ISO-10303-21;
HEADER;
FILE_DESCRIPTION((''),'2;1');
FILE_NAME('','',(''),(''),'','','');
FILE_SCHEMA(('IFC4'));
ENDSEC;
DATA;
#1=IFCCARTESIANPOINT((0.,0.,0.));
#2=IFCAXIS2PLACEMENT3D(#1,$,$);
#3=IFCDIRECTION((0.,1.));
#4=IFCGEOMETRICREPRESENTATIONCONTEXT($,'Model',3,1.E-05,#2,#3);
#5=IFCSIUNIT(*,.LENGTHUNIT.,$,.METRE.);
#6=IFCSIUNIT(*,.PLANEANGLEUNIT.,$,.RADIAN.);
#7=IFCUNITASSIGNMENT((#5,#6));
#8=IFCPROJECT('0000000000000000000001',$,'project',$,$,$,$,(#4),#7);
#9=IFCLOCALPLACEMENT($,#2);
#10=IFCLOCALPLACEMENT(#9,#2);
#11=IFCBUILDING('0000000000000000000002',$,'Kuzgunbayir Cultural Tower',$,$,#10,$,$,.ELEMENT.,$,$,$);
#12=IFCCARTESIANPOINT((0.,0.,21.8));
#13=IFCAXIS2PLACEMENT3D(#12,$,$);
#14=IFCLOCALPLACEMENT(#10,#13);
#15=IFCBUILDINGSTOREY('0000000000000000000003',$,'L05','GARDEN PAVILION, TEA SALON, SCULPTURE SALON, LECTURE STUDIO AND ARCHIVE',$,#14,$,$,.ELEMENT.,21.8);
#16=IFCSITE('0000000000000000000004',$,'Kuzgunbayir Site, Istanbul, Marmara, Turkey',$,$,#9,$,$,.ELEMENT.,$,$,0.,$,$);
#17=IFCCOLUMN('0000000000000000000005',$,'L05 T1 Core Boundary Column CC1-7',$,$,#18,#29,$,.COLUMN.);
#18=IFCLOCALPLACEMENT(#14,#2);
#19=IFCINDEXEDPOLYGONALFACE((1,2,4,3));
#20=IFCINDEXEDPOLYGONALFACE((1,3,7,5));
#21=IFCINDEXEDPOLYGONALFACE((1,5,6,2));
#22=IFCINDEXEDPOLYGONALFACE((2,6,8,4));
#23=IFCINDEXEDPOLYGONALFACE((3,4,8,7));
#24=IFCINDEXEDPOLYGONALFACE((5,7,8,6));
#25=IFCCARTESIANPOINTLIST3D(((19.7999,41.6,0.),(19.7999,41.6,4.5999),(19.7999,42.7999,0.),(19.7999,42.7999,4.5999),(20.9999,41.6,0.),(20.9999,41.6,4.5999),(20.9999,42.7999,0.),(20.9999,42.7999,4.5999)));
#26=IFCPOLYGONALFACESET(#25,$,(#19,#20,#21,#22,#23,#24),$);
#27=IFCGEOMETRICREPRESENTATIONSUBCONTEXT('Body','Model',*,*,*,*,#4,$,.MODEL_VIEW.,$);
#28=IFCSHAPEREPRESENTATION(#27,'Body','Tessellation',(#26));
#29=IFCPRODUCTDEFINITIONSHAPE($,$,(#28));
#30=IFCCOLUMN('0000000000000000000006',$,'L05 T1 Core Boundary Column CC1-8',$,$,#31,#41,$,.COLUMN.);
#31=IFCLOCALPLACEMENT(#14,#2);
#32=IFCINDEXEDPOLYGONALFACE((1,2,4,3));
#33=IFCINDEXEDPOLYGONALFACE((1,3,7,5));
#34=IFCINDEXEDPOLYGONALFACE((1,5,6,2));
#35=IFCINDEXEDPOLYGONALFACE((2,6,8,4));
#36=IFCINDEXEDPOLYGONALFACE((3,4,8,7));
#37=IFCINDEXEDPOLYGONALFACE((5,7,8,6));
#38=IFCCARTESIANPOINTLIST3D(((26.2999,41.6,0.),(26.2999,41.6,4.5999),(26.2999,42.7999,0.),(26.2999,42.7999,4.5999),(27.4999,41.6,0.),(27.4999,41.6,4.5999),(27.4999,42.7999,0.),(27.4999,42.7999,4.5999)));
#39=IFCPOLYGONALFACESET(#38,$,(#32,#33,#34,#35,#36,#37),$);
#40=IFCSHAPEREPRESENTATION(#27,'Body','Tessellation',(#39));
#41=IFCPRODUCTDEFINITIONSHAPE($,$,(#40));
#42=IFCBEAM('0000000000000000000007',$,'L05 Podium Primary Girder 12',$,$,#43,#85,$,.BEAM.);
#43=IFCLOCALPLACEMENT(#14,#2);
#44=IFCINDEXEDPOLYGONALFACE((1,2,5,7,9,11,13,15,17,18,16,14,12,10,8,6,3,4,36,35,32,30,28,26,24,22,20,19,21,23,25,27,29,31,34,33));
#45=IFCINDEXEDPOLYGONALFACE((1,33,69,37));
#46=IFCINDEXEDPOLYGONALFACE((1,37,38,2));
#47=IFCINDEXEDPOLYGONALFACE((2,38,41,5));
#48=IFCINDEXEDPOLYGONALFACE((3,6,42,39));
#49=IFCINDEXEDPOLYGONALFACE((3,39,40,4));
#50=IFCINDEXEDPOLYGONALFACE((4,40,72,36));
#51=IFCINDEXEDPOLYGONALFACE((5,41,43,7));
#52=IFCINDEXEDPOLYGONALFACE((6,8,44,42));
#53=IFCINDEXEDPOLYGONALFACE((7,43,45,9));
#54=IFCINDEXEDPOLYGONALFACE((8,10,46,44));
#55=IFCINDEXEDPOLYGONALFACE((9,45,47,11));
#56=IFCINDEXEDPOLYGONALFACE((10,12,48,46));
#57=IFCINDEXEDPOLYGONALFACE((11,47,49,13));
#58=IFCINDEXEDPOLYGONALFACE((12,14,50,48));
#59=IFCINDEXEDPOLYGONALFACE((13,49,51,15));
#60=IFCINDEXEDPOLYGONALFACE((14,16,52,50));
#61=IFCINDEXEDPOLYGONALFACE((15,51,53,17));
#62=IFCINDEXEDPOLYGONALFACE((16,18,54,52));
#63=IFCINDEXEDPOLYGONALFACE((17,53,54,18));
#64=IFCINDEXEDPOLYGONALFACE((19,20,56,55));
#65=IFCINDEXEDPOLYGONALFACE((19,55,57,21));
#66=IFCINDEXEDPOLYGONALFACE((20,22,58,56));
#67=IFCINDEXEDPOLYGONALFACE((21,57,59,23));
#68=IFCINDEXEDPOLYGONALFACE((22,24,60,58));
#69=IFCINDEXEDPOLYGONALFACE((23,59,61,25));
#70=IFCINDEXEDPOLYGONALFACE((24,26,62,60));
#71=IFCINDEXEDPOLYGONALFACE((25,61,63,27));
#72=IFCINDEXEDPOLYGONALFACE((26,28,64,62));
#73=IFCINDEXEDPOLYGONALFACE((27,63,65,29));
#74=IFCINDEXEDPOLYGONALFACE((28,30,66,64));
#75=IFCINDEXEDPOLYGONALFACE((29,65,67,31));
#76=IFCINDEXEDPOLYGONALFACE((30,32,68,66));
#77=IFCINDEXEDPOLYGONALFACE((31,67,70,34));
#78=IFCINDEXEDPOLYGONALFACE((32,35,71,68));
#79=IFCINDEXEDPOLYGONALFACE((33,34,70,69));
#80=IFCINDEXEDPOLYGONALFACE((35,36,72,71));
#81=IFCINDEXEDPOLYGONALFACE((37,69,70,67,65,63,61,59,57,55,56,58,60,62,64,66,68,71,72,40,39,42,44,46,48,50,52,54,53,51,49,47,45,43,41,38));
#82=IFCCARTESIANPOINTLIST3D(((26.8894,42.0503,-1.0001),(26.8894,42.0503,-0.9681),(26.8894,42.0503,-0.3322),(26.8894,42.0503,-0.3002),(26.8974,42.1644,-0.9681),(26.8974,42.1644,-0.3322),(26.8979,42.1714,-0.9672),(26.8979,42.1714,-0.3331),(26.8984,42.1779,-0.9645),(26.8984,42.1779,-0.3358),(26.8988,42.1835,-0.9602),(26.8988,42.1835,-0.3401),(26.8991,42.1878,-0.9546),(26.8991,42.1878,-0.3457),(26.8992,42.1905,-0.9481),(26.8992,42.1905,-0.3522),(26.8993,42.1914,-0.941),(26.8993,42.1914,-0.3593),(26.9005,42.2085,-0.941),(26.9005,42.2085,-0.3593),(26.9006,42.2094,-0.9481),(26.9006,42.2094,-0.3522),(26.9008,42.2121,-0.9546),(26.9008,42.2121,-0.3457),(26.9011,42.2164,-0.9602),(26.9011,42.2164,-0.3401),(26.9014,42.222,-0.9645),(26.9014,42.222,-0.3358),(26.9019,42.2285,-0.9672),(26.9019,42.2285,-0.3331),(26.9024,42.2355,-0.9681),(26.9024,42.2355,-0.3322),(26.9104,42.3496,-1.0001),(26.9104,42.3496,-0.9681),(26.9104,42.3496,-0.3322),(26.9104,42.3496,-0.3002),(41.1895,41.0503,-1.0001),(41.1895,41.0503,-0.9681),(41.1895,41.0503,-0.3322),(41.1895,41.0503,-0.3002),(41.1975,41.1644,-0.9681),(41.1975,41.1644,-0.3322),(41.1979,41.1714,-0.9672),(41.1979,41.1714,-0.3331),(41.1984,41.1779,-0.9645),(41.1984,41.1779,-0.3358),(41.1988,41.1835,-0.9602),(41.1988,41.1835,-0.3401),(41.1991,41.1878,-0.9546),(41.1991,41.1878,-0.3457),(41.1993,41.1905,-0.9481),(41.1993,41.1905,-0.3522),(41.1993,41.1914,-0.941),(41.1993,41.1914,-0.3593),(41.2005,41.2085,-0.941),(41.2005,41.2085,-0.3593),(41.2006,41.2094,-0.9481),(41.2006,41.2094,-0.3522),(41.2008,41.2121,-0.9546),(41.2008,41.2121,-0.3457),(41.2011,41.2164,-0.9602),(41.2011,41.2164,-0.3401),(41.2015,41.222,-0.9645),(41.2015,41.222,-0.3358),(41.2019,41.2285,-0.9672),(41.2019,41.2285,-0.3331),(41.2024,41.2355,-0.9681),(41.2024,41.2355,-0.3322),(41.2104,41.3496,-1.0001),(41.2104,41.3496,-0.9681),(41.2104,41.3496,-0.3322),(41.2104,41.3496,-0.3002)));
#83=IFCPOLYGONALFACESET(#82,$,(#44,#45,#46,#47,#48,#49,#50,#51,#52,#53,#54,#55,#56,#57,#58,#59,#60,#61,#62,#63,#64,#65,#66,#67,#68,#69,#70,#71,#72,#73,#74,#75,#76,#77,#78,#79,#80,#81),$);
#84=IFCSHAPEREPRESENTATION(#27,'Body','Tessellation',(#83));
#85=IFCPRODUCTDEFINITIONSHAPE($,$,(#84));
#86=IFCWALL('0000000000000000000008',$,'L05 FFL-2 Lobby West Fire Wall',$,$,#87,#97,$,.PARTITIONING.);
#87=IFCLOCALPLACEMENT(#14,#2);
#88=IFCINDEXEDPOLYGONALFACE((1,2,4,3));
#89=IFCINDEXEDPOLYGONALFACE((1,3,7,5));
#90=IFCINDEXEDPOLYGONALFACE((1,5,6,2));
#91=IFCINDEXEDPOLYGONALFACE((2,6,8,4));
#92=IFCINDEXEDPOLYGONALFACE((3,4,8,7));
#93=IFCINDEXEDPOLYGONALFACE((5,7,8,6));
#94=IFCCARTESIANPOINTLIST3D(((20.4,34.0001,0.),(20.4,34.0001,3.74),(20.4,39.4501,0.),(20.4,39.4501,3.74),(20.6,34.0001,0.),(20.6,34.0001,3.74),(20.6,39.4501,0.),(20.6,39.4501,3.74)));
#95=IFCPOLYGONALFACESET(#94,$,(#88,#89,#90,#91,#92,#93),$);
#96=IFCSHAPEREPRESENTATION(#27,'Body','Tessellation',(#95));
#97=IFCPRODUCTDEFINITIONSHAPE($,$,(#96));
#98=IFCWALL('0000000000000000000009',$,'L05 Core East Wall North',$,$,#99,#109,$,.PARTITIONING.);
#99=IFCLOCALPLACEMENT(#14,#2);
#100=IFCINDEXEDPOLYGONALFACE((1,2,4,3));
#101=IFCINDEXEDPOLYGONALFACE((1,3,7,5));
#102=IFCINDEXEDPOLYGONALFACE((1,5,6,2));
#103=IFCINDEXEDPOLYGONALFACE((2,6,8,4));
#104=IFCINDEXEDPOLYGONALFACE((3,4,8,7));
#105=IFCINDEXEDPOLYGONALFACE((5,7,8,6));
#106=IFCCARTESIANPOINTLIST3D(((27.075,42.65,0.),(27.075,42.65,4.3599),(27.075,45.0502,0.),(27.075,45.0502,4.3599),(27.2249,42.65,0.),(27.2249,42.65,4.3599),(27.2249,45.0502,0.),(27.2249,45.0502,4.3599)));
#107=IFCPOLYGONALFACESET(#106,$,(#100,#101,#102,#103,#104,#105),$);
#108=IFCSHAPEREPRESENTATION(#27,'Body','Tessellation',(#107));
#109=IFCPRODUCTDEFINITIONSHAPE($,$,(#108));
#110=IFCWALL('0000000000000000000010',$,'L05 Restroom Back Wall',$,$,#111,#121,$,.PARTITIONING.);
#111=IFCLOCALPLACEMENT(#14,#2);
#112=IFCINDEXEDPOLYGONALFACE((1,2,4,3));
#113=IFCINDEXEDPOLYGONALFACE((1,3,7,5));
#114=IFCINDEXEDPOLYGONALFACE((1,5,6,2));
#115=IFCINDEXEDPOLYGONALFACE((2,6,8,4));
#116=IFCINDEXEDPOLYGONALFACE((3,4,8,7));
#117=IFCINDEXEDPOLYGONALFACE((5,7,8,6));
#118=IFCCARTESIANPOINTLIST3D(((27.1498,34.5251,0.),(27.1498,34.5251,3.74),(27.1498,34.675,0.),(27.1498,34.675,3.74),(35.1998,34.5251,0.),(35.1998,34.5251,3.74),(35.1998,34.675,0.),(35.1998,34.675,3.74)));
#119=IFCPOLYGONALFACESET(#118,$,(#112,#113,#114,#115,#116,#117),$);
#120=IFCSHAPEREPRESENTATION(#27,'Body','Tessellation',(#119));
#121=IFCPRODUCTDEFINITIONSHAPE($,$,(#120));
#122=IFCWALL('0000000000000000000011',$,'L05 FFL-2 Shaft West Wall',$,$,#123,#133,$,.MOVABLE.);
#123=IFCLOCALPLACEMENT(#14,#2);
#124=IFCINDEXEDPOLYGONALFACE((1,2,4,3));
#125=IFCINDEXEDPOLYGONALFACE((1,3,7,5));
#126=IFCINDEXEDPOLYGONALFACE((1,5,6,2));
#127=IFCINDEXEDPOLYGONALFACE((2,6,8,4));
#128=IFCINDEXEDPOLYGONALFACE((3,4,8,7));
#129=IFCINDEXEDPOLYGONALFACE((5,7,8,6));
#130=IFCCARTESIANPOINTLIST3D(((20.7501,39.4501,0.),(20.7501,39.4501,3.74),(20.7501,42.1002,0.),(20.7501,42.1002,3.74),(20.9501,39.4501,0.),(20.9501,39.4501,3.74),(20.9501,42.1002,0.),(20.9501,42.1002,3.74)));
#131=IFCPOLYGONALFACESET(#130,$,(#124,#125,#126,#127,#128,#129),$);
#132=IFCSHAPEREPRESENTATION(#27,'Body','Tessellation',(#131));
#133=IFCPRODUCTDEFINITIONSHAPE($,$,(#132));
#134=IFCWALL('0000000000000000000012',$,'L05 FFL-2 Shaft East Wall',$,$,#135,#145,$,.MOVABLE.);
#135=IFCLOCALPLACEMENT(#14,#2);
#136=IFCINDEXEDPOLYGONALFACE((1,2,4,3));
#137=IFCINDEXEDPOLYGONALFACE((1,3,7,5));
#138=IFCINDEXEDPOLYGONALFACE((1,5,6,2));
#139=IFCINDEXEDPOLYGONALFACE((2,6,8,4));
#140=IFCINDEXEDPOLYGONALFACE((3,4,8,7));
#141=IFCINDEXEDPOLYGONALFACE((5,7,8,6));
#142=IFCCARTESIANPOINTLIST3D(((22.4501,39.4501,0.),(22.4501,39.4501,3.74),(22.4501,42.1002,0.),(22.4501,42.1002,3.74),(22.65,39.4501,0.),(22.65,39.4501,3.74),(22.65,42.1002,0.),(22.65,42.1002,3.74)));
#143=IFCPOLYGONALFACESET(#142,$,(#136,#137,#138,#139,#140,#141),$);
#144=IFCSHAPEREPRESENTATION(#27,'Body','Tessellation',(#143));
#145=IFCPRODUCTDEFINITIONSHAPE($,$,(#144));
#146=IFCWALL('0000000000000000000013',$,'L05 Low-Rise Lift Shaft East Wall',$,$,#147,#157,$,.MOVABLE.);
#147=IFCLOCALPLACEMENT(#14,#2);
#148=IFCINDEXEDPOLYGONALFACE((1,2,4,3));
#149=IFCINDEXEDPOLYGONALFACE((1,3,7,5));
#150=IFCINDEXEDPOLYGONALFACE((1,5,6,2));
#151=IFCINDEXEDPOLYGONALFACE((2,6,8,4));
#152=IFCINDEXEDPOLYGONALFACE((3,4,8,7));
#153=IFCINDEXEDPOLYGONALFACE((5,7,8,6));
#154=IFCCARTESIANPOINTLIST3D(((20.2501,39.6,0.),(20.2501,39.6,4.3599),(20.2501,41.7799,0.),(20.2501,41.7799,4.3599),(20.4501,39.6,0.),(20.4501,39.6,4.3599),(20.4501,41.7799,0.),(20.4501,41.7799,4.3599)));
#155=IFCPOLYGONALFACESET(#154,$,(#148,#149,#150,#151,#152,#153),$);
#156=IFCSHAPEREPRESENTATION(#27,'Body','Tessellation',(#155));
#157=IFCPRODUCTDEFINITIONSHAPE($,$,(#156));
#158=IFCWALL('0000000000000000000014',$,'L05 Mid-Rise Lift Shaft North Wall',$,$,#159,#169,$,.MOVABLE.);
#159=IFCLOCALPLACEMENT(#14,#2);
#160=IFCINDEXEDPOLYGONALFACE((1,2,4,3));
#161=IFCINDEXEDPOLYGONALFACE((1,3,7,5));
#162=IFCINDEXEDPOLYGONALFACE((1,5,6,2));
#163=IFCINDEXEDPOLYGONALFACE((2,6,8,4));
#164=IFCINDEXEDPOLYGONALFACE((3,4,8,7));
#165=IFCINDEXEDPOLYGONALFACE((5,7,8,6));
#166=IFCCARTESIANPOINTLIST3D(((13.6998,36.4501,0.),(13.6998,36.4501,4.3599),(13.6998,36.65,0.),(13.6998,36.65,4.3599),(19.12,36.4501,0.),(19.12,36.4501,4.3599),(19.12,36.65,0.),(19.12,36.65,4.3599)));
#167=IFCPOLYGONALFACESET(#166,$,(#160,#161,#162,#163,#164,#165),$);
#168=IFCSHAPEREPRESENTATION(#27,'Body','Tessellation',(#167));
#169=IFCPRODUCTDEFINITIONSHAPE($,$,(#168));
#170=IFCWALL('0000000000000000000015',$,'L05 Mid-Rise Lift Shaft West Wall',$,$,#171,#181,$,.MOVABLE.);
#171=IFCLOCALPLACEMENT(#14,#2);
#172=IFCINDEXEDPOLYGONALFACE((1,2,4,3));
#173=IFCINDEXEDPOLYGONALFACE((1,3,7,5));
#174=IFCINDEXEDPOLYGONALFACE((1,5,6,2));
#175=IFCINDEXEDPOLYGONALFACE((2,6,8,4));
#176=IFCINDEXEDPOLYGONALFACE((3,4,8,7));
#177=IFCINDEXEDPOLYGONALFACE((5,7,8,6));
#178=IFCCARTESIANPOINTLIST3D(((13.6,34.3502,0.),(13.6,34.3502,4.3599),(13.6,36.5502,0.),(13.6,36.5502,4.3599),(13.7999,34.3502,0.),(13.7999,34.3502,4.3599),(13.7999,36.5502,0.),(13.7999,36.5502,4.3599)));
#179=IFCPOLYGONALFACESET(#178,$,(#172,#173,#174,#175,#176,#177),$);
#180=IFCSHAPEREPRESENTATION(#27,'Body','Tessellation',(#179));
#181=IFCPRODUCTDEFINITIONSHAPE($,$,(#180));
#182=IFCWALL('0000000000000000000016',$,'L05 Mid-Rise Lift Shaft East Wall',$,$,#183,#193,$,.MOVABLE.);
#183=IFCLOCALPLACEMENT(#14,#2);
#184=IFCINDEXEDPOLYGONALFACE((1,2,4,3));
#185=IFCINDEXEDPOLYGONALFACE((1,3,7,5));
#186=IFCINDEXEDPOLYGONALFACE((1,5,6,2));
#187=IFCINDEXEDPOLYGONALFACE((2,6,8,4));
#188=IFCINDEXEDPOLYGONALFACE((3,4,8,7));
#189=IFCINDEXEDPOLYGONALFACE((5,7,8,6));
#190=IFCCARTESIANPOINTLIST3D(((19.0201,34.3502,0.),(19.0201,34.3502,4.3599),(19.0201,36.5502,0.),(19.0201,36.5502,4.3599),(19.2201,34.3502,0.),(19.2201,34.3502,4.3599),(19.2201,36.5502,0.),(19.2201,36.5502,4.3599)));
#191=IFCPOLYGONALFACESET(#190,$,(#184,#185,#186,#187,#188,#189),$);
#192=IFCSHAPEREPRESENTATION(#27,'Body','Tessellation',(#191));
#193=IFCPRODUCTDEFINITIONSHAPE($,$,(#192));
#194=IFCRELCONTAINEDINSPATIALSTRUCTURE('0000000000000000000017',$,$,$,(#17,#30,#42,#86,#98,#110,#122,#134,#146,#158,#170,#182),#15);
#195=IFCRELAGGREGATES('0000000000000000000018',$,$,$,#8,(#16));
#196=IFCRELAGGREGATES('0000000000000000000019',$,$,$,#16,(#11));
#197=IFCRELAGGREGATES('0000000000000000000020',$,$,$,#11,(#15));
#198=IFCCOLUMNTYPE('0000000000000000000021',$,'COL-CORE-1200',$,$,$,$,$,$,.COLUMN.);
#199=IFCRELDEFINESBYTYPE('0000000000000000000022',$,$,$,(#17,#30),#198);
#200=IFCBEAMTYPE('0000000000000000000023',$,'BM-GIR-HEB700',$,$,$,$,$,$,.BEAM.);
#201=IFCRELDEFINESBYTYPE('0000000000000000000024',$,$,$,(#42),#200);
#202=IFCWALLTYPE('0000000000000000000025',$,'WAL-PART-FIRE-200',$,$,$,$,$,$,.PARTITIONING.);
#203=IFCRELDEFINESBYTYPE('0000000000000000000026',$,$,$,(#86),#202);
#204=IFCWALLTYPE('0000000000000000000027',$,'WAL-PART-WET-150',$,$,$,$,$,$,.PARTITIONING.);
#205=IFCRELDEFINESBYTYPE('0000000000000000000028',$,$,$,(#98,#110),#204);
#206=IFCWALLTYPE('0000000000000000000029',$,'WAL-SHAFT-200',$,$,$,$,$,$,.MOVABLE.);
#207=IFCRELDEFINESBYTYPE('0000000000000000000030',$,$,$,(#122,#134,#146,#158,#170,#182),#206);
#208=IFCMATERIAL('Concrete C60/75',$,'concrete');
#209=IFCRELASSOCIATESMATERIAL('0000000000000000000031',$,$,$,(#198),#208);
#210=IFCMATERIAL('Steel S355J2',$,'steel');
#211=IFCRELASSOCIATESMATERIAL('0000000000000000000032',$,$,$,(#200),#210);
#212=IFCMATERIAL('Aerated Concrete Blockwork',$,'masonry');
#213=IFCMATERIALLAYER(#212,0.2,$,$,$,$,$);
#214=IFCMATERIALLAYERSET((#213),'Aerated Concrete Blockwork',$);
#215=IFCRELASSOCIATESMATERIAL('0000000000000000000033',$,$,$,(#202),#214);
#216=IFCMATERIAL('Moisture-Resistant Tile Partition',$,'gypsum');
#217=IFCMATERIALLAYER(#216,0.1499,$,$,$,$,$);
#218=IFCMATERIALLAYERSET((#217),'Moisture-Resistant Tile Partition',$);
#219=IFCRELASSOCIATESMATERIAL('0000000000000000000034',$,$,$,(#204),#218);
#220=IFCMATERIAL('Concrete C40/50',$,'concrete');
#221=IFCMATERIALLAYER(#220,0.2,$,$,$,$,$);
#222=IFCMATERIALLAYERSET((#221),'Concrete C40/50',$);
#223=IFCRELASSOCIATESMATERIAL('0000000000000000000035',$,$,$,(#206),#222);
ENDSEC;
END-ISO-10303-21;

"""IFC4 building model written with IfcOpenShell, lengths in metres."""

from ifc_helpers import new_model, si_unit, direction, frame, frame_2d, origin, origin_2d, place, context, subcontext, project, spatial, rectangle, i_section, extrude, material, layer, layer_set, material_profile, profile_set, type_object, element, save


model = new_model("IFC4")

# Units and contexts
model_context = context("Model", 3, precision=1e-05, world=origin(), true_north=direction((0.0, 1.0)))
body_context = subcontext(model_context, "Body", "Model", "MODEL_VIEW")
ifc_project = project(units=[si_unit("LENGTHUNIT", "METRE"), si_unit("PLANEANGLEUNIT", "RADIAN")], contexts=[model_context])

# Site, building, storey
site_placement = place(None, origin())
site = spatial("IfcSite", under=ifc_project, at=site_placement, Name="Kuzgunbayir Site, Istanbul, Marmara, Turkey", CompositionType="ELEMENT", RefElevation=0.0)
building_placement = place(site_placement, origin())
building = spatial("IfcBuilding", under=site, at=building_placement, Name="Kuzgunbayir Cultural Tower", CompositionType="ELEMENT")
storey_placement = place(building_placement, frame((0.0, 0.0, 21.8)))
storey = spatial("IfcBuildingStorey", under=building, at=storey_placement, Name="L05", Description="GARDEN PAVILION, TEA SALON, SCULPTURE SALON, LECTURE STUDIO AND ARCHIVE", CompositionType="ELEMENT", Elevation=21.8)

# Columns
ifc_material_1 = material(Name="Concrete C60/75", Category="concrete")
ifc_material_profile_1 = material_profile(ifc_material_1, rectangle(XDim=1.2, YDim=1.2, at=origin_2d()), Name="RC 1200x1200")
ifc_profile_set_1 = profile_set([ifc_material_profile_1], Name="Concrete C60/75")
column_type = type_object("IfcColumnType", Name="COL-CORE-1200", PredefinedType="COLUMN", material=ifc_profile_set_1)
for number, where, z_axis, x_axis, name in (
    (1, (20.3999, 42.2, 0.0), (0.0, 0.0, 1.0), (1.0, 0.0, 0.0), "L05 T1 Core Boundary Column CC1-7"),
    (2, (26.8999, 42.2, 0.0), (0.0, 0.0, 1.0), (1.0, 0.0, 0.0), "L05 T1 Core Boundary Column CC1-8"),
):
    element("IfcColumn", number, at=place(storey_placement, frame(where, z_axis=z_axis, x_axis=x_axis)), inside=storey, type_object=column_type, Name=name, PredefinedType="COLUMN", context=body_context, shape_type="SweptSolid", body=[
        extrude(rectangle(XDim=1.2, YDim=1.2, at=origin_2d()), origin(), (0.0, 0.0, 1.0), 4.5999),
    ])

# Beam
ifc_material_2 = material(Name="Steel S355J2", Category="steel")
ifc_material_profile_2 = material_profile(ifc_material_2, i_section(OverallWidth=0.3, OverallDepth=0.7, WebThickness=0.0171, FlangeThickness=0.032, FilletRadius=0.0271, at=origin_2d()), Name="HEB 700")
ifc_profile_set_2 = profile_set([ifc_material_profile_2], Name="Steel S355J2")
beam_type = type_object("IfcBeamType", Name="BM-GIR-HEB700", PredefinedType="BEAM", material=ifc_profile_set_2)
beam_placement = place(storey_placement, frame((26.8999, 42.2, -0.6501), z_axis=(0.997564, -0.069759, 0.0), x_axis=(0.069759, 0.997564, 0.0)))
element("IfcBeam", 3, at=beam_placement, inside=storey, type_object=beam_type, Name="L05 Podium Primary Girder 12", PredefinedType="BEAM", context=body_context, shape_type="SweptSolid", body=[
    extrude(i_section(OverallWidth=0.3, OverallDepth=0.7, WebThickness=0.0171, FlangeThickness=0.032, FilletRadius=0.0271, at=origin_2d()), origin(), (0.0, 0.0, 1.0), 14.335),
])

# Wall
ifc_material_3 = material(Name="Aerated Concrete Blockwork", Category="masonry")
ifc_layer_1 = layer(ifc_material_3, 0.2)
ifc_layer_set_1 = layer_set([ifc_layer_1], Name="Aerated Concrete Blockwork")
wall_type_1 = type_object("IfcWallType", Name="WAL-PART-FIRE-200", PredefinedType="PARTITIONING", material=ifc_layer_set_1)
wall_1_placement = place(storey_placement, frame((20.5, 34.0, 0.0), z_axis=(0.0, 0.0, 1.0), x_axis=(0.0, 1.0, 0.0)))
element("IfcWall", 4, at=wall_1_placement, inside=storey, type_object=wall_type_1, Name="L05 FFL-2 Lobby West Fire Wall", PredefinedType="PARTITIONING", context=body_context, shape_type="SweptSolid", body=[
    extrude(rectangle(XDim=5.45, YDim=0.2, at=frame_2d((2.7251, 0.0))), origin(), (0.0, 0.0, 1.0), 3.74),
])

# Walls
ifc_material_4 = material(Name="Moisture-Resistant Tile Partition", Category="gypsum")
ifc_layer_2 = layer(ifc_material_4, 0.1499)
ifc_layer_set_2 = layer_set([ifc_layer_2], Name="Moisture-Resistant Tile Partition")
wall_type_2 = type_object("IfcWallType", Name="WAL-PART-WET-150", PredefinedType="PARTITIONING", material=ifc_layer_set_2)
wall_2_placement = place(storey_placement, frame((27.1499, 42.6499, 0.0), z_axis=(0.0, 0.0, 1.0), x_axis=(0.0, 1.0, 0.0)))
element("IfcWall", 5, at=wall_2_placement, inside=storey, type_object=wall_type_2, Name="L05 Core East Wall North", PredefinedType="PARTITIONING", context=body_context, shape_type="SweptSolid", body=[
    extrude(rectangle(XDim=2.4001, YDim=0.1499, at=frame_2d((1.2002, 0.0))), origin(), (0.0, 0.0, 1.0), 4.3599),
])
wall_3_placement = place(storey_placement, frame((27.1499, 34.6001, 0.0), z_axis=(0.0, 0.0, 1.0), x_axis=(1.0, 0.0, 0.0)))
element("IfcWall", 6, at=wall_3_placement, inside=storey, type_object=wall_type_2, Name="L05 Restroom Back Wall", PredefinedType="PARTITIONING", context=body_context, shape_type="SweptSolid", body=[
    extrude(rectangle(XDim=8.05, YDim=0.1499, at=frame_2d((4.0249, 0.0))), origin(), (0.0, 0.0, 1.0), 3.74),
])

# Shared definitions
ifc_material_5 = material(Name="Concrete C40/50", Category="concrete")
ifc_layer_3 = layer(ifc_material_5, 0.2)
ifc_layer_set_3 = layer_set([ifc_layer_3], Name="Concrete C40/50")
wall_type_3 = type_object("IfcWallType", Name="WAL-SHAFT-200", PredefinedType="MOVABLE", material=ifc_layer_set_3)

# Walls
for number, where, z_axis, x_axis, name in (
    (7, (20.8501, 39.45, 0.0), (0.0, 0.0, 1.0), (0.0, 1.0, 0.0), "L05 FFL-2 Shaft West Wall"),
    (8, (22.55, 39.45, 0.0), (0.0, 0.0, 1.0), (0.0, 1.0, 0.0), "L05 FFL-2 Shaft East Wall"),
):
    element("IfcWall", number, at=place(storey_placement, frame(where, z_axis=z_axis, x_axis=x_axis)), inside=storey, type_object=wall_type_3, Name=name, PredefinedType="MOVABLE", context=body_context, shape_type="SweptSolid", body=[
        extrude(rectangle(XDim=2.6501, YDim=0.2, at=frame_2d((1.3252, 0.0))), origin(), (0.0, 0.0, 1.0), 3.74),
    ])
wall_4_placement = place(storey_placement, frame((20.3501, 39.6001, 0.0), z_axis=(0.0, 0.0, 1.0), x_axis=(0.0, 1.0, 0.0)))
element("IfcWall", 9, at=wall_4_placement, inside=storey, type_object=wall_type_3, Name="L05 Low-Rise Lift Shaft East Wall", PredefinedType="MOVABLE", context=body_context, shape_type="SweptSolid", body=[
    extrude(rectangle(XDim=2.1799, YDim=0.2, at=frame_2d((1.0898, 0.0))), origin(), (0.0, 0.0, 1.0), 4.3599),
])
wall_5_placement = place(storey_placement, frame((13.7, 36.55, 0.0), z_axis=(0.0, 0.0, 1.0), x_axis=(1.0, 0.0, 0.0)))
element("IfcWall", 10, at=wall_5_placement, inside=storey, type_object=wall_type_3, Name="L05 Mid-Rise Lift Shaft North Wall", PredefinedType="MOVABLE", context=body_context, shape_type="SweptSolid", body=[
    extrude(rectangle(XDim=5.4202, YDim=0.2, at=frame_2d((2.71, 0.0))), origin(), (0.0, 0.0, 1.0), 4.3599),
])
for number, where, z_axis, x_axis, name in (
    (11, (13.7, 34.3501, 0.0), (0.0, 0.0, 1.0), (0.0, 1.0, 0.0), "L05 Mid-Rise Lift Shaft West Wall"),
    (12, (19.1201, 34.3501, 0.0), (0.0, 0.0, 1.0), (0.0, 1.0, 0.0), "L05 Mid-Rise Lift Shaft East Wall"),
):
    element("IfcWall", number, at=place(storey_placement, frame(where, z_axis=z_axis, x_axis=x_axis)), inside=storey, type_object=wall_type_3, Name=name, PredefinedType="MOVABLE", context=body_context, shape_type="SweptSolid", body=[
        extrude(rectangle(XDim=2.2, YDim=0.2, at=frame_2d((1.1001, 0.0))), origin(), (0.0, 0.0, 1.0), 4.3599),
    ])

save(model, "model.ifc")
